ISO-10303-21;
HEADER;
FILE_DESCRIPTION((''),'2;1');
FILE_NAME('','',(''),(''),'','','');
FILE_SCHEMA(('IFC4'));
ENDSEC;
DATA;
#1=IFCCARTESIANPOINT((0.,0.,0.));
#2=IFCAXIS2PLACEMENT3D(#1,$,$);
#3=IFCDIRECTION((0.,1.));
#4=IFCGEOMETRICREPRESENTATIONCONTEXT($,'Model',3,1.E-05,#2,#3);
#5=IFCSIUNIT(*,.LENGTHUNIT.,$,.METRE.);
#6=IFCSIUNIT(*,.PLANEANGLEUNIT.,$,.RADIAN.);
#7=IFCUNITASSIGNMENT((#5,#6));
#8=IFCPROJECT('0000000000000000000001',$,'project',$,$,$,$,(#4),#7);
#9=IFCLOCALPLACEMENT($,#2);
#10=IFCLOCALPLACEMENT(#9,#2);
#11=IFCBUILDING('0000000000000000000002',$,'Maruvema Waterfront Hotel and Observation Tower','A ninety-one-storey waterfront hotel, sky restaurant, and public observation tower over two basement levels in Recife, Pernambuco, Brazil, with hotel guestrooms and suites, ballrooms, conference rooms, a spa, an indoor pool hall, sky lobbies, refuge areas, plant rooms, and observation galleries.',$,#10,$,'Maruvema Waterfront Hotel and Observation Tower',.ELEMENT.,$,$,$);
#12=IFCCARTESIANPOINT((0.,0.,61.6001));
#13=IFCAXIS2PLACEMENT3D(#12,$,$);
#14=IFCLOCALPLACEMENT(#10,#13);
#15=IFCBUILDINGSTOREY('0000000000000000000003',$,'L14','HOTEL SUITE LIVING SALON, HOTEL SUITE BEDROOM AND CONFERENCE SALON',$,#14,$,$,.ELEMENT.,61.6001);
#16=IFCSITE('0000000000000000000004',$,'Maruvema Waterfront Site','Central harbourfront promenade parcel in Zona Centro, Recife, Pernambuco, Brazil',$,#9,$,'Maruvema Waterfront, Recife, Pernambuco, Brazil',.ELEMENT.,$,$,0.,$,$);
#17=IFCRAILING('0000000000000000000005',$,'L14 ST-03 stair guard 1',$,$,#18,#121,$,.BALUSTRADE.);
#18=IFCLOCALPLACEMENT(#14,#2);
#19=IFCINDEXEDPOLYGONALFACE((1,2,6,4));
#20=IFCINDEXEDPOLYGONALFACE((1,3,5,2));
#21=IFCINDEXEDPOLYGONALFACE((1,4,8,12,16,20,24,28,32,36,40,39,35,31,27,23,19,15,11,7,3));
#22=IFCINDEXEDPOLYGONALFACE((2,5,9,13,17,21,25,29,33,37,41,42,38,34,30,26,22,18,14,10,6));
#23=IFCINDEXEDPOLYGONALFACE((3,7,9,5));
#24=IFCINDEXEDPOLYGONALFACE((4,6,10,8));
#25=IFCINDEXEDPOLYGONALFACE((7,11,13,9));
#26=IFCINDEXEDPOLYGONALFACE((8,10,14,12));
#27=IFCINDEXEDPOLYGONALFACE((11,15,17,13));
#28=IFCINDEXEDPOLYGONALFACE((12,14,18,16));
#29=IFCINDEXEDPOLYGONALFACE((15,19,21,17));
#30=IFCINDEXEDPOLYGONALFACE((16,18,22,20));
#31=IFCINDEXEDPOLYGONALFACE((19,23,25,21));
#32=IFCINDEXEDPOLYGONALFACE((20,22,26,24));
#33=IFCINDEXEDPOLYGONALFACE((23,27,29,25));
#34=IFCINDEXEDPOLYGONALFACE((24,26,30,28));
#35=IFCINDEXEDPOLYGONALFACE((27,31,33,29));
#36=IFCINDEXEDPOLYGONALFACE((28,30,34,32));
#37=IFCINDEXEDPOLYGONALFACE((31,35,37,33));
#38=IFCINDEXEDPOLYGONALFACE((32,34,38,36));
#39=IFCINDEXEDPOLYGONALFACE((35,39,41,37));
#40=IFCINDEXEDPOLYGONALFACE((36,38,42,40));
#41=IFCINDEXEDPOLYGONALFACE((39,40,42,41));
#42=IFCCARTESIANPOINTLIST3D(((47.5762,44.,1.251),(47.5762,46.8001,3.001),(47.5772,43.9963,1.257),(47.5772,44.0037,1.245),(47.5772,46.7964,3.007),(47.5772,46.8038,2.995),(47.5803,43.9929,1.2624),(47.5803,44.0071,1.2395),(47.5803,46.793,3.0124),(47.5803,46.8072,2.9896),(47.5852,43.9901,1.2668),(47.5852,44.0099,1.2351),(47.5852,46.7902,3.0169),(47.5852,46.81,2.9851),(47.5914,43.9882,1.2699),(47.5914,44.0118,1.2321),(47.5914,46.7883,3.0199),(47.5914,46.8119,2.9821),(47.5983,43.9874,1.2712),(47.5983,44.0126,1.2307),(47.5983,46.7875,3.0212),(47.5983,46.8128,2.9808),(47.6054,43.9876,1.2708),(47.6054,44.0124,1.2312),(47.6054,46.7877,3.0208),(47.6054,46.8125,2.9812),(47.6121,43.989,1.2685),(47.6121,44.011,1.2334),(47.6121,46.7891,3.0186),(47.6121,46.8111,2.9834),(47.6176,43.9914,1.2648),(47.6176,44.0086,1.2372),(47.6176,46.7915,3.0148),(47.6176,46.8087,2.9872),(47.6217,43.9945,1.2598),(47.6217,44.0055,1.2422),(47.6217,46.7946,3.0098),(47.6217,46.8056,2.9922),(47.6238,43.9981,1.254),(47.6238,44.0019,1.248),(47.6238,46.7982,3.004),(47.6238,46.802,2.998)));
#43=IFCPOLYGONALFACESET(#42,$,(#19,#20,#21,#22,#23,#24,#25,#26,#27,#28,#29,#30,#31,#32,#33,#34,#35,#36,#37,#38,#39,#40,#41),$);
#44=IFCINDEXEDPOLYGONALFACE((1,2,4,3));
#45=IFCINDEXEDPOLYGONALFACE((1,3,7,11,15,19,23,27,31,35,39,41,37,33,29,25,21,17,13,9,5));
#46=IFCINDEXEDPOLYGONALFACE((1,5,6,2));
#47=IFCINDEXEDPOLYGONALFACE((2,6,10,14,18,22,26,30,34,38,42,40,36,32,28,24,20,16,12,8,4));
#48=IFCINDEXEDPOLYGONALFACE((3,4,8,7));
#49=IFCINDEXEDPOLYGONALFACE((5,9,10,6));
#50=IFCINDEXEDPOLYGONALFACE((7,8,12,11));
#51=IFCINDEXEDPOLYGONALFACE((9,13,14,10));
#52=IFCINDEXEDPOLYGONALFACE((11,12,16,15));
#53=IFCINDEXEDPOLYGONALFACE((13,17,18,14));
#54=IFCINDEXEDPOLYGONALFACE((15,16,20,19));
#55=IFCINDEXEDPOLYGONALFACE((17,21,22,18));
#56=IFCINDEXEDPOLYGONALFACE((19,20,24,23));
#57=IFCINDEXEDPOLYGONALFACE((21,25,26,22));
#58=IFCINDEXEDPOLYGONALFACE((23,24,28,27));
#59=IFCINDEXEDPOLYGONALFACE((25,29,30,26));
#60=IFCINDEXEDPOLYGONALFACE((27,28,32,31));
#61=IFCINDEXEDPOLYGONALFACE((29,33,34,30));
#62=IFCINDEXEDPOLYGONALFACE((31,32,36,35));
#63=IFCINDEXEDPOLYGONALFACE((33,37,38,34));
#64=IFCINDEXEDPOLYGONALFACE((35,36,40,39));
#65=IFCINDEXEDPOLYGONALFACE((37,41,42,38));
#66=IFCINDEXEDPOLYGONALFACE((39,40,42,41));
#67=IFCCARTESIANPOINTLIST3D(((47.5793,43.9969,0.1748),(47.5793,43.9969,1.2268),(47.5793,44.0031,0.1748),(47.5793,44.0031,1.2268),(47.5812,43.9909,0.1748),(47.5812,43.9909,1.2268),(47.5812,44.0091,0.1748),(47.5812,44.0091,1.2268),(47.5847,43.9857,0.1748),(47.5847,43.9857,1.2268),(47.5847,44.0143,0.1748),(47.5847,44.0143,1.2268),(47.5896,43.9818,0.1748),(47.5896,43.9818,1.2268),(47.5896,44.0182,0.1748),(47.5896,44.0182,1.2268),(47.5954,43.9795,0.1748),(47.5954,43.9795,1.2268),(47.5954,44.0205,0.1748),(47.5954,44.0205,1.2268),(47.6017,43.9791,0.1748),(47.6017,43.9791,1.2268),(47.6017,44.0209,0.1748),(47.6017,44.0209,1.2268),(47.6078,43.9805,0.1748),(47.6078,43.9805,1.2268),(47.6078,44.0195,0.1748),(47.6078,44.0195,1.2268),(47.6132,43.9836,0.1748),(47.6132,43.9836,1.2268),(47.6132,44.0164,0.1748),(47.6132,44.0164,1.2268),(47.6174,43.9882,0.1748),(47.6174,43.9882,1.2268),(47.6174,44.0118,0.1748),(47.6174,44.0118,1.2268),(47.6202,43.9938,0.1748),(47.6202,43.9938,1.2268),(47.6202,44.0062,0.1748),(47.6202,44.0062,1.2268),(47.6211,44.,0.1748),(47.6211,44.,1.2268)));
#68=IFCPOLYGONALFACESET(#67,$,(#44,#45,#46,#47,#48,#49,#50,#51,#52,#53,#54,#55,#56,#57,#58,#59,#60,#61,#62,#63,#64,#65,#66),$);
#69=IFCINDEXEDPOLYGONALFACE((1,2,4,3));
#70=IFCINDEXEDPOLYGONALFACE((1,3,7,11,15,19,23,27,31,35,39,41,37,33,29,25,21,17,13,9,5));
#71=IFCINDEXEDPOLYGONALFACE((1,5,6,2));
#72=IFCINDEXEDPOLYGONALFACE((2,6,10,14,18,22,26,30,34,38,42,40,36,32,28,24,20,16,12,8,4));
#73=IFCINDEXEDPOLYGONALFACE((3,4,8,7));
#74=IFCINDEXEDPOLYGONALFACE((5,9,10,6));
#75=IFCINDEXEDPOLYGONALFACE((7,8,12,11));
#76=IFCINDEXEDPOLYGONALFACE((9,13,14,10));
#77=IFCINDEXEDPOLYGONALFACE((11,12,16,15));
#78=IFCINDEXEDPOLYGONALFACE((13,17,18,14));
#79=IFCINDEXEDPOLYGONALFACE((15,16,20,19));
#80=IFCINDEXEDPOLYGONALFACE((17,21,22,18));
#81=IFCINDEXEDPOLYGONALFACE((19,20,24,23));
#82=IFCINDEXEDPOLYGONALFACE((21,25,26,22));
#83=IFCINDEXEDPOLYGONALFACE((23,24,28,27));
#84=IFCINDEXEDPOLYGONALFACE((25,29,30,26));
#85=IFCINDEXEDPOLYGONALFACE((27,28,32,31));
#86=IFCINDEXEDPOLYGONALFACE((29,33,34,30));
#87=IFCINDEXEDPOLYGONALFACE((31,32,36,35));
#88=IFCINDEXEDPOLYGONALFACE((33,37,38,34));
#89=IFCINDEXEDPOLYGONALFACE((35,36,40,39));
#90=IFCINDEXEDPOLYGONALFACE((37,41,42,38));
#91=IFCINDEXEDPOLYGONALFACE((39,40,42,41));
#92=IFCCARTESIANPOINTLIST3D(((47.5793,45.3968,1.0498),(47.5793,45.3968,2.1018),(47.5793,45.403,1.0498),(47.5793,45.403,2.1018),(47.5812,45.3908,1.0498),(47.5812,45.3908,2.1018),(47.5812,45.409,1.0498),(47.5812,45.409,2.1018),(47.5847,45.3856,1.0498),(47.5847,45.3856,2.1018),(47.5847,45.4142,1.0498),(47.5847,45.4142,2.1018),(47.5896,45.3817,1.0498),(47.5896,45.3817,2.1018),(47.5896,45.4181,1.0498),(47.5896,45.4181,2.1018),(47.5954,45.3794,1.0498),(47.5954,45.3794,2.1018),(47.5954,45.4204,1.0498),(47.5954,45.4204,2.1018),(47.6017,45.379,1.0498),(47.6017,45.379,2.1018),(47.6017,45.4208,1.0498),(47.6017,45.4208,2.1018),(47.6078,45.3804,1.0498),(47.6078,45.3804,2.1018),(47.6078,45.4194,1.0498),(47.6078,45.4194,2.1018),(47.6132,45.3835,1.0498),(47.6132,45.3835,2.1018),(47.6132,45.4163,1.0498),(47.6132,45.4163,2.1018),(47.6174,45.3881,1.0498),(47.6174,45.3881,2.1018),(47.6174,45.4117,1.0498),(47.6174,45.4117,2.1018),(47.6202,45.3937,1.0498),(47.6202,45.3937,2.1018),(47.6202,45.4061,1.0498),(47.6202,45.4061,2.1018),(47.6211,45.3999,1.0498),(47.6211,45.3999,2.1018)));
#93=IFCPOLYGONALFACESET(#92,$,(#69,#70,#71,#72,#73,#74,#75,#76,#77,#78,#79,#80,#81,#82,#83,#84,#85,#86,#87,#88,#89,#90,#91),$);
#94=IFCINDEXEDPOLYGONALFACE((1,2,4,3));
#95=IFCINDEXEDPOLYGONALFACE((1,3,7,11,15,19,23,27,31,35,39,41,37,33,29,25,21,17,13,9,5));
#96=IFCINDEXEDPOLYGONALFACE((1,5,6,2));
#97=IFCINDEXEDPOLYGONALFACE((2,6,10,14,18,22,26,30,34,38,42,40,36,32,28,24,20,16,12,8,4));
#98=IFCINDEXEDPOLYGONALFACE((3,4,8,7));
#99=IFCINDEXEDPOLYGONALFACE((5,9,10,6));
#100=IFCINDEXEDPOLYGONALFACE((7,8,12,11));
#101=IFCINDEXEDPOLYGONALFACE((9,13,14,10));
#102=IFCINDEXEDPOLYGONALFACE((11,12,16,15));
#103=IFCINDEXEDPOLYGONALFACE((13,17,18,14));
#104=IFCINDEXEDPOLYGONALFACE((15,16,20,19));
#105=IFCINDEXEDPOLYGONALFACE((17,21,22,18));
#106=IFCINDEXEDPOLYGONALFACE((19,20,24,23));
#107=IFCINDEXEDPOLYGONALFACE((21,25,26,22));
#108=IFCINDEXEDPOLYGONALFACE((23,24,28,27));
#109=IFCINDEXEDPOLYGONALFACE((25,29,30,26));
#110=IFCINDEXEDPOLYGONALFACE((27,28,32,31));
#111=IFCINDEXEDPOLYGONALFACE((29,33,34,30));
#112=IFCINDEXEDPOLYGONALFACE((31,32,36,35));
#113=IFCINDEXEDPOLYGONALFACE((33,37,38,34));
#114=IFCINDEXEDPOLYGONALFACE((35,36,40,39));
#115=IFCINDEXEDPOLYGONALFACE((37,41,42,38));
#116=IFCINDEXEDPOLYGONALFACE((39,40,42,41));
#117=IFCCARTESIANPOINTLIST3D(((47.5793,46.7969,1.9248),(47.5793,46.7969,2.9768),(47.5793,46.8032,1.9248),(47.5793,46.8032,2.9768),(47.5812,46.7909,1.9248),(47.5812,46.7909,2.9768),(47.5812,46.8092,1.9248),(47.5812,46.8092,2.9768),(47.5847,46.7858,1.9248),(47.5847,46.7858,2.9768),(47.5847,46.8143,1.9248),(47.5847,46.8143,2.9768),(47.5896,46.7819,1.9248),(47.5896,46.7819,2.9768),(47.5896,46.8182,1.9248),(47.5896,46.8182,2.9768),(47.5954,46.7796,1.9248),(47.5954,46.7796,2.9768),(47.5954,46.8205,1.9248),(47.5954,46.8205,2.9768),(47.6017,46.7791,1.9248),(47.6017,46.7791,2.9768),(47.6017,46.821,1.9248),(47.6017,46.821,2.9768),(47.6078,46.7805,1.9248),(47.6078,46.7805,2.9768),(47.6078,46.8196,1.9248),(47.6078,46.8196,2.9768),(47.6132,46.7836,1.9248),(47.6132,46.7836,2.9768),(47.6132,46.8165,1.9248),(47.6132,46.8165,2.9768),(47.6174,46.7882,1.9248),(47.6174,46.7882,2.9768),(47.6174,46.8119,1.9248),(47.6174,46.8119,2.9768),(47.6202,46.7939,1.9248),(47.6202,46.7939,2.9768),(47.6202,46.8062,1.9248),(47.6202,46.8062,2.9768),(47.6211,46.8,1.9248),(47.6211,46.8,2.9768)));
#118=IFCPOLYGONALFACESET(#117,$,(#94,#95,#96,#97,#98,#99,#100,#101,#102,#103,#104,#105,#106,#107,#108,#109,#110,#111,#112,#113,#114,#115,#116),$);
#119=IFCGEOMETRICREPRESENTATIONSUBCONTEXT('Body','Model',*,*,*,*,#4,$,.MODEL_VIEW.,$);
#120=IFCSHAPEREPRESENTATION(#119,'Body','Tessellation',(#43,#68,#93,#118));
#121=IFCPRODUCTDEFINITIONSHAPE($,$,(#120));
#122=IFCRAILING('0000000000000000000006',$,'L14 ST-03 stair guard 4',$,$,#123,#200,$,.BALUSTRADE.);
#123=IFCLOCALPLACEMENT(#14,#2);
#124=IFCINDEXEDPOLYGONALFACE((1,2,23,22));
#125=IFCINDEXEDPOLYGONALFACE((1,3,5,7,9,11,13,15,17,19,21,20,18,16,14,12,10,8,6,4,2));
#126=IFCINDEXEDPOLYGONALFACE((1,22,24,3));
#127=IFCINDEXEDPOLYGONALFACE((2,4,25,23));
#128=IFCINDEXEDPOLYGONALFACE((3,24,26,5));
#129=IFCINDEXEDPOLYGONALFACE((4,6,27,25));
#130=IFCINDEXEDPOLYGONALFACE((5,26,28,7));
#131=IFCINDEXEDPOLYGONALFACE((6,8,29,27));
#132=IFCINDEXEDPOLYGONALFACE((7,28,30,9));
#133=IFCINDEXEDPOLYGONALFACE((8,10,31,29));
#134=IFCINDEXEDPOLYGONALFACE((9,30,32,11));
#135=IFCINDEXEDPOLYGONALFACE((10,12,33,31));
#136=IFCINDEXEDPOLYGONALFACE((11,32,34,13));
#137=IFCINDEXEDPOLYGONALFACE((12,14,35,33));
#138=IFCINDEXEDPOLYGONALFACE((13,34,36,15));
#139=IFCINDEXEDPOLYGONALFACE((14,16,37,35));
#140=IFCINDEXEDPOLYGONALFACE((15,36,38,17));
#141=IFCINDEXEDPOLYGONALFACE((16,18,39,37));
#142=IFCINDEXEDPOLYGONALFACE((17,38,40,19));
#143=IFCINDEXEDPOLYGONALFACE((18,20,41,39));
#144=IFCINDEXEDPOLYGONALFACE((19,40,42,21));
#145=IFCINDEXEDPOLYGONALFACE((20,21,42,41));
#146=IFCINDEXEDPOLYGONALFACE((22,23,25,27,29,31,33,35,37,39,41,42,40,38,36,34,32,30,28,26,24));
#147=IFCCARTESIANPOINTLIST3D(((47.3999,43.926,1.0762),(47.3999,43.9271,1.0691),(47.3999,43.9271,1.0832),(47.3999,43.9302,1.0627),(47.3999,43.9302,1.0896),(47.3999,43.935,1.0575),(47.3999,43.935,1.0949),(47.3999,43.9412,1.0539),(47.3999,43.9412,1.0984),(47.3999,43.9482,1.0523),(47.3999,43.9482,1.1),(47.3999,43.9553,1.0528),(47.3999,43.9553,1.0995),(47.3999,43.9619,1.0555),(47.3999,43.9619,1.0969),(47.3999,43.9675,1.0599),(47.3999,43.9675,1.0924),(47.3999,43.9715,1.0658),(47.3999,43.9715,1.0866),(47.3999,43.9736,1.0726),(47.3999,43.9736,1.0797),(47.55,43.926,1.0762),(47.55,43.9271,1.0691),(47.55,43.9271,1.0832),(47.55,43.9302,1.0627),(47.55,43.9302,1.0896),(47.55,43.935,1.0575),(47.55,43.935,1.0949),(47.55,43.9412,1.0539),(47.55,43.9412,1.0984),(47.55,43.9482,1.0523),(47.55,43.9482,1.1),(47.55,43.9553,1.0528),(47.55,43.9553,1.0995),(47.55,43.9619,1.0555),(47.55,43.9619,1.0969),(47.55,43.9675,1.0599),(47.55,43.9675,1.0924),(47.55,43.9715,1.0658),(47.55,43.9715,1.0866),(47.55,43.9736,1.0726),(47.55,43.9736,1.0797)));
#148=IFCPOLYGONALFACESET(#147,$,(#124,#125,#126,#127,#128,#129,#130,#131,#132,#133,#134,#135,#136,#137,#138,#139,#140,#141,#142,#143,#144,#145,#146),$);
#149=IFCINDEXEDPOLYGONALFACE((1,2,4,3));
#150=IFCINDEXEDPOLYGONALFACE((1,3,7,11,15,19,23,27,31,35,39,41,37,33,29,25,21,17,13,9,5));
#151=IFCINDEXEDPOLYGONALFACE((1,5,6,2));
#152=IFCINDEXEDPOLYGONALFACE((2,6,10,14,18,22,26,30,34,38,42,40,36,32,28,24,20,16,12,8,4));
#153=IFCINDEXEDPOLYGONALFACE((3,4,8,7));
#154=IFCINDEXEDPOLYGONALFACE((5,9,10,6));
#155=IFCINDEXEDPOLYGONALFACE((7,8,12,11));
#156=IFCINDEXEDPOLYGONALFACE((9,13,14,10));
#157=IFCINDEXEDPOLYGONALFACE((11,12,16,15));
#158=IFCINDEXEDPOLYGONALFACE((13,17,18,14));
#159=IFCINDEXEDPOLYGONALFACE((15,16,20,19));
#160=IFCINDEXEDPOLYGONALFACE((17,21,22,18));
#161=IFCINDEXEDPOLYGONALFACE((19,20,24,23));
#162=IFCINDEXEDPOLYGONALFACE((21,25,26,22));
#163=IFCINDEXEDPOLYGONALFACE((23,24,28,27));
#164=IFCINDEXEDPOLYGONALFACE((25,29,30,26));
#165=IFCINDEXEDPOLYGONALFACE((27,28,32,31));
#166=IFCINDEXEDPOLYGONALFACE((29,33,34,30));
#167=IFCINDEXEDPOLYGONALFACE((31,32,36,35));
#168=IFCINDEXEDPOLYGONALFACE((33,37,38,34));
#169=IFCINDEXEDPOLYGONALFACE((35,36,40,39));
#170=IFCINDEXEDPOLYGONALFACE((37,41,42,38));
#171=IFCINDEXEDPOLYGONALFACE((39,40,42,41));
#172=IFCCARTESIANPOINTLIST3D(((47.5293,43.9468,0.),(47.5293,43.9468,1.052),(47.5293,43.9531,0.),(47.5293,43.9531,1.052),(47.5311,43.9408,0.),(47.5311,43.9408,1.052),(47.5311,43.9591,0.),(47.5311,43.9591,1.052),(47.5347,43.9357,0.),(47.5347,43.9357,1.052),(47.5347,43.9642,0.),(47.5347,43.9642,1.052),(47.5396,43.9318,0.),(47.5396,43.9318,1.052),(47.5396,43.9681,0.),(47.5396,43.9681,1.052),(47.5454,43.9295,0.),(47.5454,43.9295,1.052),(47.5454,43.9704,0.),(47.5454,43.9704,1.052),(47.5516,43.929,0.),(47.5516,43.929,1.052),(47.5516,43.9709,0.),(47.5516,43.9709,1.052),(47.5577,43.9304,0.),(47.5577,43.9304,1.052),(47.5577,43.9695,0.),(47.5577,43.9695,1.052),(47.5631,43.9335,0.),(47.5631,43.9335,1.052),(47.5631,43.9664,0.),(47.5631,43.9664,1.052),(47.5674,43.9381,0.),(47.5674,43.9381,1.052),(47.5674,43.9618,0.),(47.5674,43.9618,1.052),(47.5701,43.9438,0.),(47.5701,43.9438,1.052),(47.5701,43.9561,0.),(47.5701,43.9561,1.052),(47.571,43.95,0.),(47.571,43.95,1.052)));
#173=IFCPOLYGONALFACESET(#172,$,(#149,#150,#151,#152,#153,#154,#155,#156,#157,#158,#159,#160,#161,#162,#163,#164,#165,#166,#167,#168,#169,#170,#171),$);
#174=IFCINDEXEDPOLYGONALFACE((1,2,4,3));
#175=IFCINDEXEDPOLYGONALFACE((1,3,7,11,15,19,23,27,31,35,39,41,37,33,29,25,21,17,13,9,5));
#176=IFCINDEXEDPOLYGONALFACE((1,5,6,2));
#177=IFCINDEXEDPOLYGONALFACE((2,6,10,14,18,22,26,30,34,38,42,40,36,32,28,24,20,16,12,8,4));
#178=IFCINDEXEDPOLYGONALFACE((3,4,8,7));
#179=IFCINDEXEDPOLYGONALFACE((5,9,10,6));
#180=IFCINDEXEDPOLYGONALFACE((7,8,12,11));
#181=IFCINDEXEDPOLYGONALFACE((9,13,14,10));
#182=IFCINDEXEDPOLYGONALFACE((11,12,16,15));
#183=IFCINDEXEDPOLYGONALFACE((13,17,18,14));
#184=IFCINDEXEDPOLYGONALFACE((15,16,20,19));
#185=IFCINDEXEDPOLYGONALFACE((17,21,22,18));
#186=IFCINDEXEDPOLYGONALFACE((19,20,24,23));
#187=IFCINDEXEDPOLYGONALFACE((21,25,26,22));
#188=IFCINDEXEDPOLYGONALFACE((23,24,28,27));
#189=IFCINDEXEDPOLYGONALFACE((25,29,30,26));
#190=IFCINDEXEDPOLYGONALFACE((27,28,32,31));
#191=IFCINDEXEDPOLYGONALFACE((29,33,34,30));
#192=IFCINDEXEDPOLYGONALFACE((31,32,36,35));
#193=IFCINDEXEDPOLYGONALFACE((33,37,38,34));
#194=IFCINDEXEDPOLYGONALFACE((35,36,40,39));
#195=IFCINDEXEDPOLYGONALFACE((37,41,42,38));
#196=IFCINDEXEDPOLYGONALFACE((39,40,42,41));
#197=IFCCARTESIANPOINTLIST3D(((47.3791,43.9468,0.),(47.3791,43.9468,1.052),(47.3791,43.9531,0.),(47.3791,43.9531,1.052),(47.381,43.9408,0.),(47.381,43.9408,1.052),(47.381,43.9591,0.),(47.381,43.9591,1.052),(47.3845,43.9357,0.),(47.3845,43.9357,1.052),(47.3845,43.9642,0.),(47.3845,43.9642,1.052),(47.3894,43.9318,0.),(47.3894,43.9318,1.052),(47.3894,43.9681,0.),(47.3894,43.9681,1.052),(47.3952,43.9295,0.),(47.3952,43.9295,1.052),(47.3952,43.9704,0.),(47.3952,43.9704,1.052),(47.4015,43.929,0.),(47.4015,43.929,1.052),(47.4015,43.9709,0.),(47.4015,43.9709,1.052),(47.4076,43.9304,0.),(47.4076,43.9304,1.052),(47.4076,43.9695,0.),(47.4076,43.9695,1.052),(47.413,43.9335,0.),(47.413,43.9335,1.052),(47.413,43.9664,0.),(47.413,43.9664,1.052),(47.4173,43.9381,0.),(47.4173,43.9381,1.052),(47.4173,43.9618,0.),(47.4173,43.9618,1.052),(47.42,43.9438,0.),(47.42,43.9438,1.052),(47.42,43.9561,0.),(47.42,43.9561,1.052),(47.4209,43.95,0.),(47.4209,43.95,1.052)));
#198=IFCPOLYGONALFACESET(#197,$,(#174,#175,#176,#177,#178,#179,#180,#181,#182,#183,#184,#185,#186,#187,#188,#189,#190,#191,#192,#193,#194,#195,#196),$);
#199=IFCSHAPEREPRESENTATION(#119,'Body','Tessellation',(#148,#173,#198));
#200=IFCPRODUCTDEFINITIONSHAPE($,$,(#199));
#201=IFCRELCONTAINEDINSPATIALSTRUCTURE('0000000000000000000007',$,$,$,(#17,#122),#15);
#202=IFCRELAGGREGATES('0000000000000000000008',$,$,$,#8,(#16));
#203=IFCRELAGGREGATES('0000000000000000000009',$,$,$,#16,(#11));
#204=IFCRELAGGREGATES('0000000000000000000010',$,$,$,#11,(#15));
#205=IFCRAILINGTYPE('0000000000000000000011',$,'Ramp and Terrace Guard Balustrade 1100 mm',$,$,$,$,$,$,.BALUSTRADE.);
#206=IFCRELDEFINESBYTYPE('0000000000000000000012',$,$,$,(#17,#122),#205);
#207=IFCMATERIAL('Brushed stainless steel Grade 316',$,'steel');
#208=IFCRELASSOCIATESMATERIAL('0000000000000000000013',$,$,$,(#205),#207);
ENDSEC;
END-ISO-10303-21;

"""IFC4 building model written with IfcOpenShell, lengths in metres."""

from ifc_helpers import new_model, si_unit, direction, frame, origin, origin_2d, place, context, subcontext, project, spatial, circle, extrude, material, type_object, element, save


model = new_model("IFC4")

# Units and contexts
model_context = context("Model", 3, precision=1e-05, world=origin(), true_north=direction((0.0, 1.0)))
body_context = subcontext(model_context, "Body", "Model", "MODEL_VIEW")
ifc_project = project(units=[si_unit("LENGTHUNIT", "METRE"), si_unit("PLANEANGLEUNIT", "RADIAN")], contexts=[model_context])

# Site, building, storey
site_placement = place(None, origin())
site = spatial("IfcSite", under=ifc_project, at=site_placement, Name="Maruvema Waterfront Site", Description="Central harbourfront promenade parcel in Zona Centro, Recife, Pernambuco, Brazil", LongName="Maruvema Waterfront, Recife, Pernambuco, Brazil", CompositionType="ELEMENT", RefElevation=0.0)
building_placement = place(site_placement, origin())
building = spatial("IfcBuilding", under=site, at=building_placement, Name="Maruvema Waterfront Hotel and Observation Tower", Description="A ninety-one-storey waterfront hotel, sky restaurant, and public observation tower over two basement levels in Recife, Pernambuco, Brazil, with hotel guestrooms and suites, ballrooms, conference rooms, a spa, an indoor pool hall, sky lobbies, refuge areas, plant rooms, and observation galleries.", LongName="Maruvema Waterfront Hotel and Observation Tower", CompositionType="ELEMENT")
storey_placement = place(building_placement, frame((0.0, 0.0, 61.6001)))
storey = spatial("IfcBuildingStorey", under=building, at=storey_placement, Name="L14", Description="HOTEL SUITE LIVING SALON, HOTEL SUITE BEDROOM AND CONFERENCE SALON", CompositionType="ELEMENT", Elevation=61.6001)

# Railings
ifc_material_1 = material(Name="Brushed stainless steel Grade 316", Category="steel")
railing_type_1 = type_object("IfcRailingType", Name="Ramp and Terrace Guard Balustrade 1100 mm", PredefinedType="BALUSTRADE", material=ifc_material_1)
railing_1_placement = place(storey_placement, frame((47.6001, 44.0, 0.1748)))
element("IfcRailing", 1, at=railing_1_placement, inside=storey, type_object=railing_type_1, Name="L14 ST-03 stair guard 1", PredefinedType="BALUSTRADE", context=body_context, shape_type="SweptSolid", body=[
    extrude(circle(Radius=0.0239, at=origin_2d()), frame((0.0, 0.0, 1.0762), z_axis=(0.0, 0.848002, 0.529992), x_axis=(-1.0, 0.0, 0.0)), (0.0, 0.0, 1.0), 3.302),
    extrude(circle(Radius=0.021, at=origin_2d()), origin(), (0.0, 0.0, 1.0), 1.052),
    extrude(circle(Radius=0.021, at=origin_2d()), frame((0.0, 1.3999, 0.875)), (0.0, 0.0, 1.0), 1.052),
    extrude(circle(Radius=0.021, at=origin_2d()), frame((0.0, 2.8, 1.75)), (0.0, 0.0, 1.0), 1.052),
])
railing_2_placement = place(storey_placement, frame((47.55, 43.95, 0.0)))
element("IfcRailing", 2, at=railing_2_placement, inside=storey, type_object=railing_type_1, Name="L14 ST-03 stair guard 4", PredefinedType="BALUSTRADE", context=body_context, shape_type="SweptSolid", body=[
    extrude(circle(Radius=0.0239, at=origin_2d()), frame((0.0, 0.0, 1.0762), z_axis=(-1.0, 0.0, 0.0), x_axis=(0.0, -1.0, 0.0)), (0.0, 0.0, 1.0), 0.1501),
    extrude(circle(Radius=0.021, at=origin_2d()), origin(), (0.0, 0.0, 1.0), 1.052),
    extrude(circle(Radius=0.021, at=origin_2d()), frame((-0.1501, 0.0, 0.0)), (0.0, 0.0, 1.0), 1.052),
])

save(model, "model.ifc")
